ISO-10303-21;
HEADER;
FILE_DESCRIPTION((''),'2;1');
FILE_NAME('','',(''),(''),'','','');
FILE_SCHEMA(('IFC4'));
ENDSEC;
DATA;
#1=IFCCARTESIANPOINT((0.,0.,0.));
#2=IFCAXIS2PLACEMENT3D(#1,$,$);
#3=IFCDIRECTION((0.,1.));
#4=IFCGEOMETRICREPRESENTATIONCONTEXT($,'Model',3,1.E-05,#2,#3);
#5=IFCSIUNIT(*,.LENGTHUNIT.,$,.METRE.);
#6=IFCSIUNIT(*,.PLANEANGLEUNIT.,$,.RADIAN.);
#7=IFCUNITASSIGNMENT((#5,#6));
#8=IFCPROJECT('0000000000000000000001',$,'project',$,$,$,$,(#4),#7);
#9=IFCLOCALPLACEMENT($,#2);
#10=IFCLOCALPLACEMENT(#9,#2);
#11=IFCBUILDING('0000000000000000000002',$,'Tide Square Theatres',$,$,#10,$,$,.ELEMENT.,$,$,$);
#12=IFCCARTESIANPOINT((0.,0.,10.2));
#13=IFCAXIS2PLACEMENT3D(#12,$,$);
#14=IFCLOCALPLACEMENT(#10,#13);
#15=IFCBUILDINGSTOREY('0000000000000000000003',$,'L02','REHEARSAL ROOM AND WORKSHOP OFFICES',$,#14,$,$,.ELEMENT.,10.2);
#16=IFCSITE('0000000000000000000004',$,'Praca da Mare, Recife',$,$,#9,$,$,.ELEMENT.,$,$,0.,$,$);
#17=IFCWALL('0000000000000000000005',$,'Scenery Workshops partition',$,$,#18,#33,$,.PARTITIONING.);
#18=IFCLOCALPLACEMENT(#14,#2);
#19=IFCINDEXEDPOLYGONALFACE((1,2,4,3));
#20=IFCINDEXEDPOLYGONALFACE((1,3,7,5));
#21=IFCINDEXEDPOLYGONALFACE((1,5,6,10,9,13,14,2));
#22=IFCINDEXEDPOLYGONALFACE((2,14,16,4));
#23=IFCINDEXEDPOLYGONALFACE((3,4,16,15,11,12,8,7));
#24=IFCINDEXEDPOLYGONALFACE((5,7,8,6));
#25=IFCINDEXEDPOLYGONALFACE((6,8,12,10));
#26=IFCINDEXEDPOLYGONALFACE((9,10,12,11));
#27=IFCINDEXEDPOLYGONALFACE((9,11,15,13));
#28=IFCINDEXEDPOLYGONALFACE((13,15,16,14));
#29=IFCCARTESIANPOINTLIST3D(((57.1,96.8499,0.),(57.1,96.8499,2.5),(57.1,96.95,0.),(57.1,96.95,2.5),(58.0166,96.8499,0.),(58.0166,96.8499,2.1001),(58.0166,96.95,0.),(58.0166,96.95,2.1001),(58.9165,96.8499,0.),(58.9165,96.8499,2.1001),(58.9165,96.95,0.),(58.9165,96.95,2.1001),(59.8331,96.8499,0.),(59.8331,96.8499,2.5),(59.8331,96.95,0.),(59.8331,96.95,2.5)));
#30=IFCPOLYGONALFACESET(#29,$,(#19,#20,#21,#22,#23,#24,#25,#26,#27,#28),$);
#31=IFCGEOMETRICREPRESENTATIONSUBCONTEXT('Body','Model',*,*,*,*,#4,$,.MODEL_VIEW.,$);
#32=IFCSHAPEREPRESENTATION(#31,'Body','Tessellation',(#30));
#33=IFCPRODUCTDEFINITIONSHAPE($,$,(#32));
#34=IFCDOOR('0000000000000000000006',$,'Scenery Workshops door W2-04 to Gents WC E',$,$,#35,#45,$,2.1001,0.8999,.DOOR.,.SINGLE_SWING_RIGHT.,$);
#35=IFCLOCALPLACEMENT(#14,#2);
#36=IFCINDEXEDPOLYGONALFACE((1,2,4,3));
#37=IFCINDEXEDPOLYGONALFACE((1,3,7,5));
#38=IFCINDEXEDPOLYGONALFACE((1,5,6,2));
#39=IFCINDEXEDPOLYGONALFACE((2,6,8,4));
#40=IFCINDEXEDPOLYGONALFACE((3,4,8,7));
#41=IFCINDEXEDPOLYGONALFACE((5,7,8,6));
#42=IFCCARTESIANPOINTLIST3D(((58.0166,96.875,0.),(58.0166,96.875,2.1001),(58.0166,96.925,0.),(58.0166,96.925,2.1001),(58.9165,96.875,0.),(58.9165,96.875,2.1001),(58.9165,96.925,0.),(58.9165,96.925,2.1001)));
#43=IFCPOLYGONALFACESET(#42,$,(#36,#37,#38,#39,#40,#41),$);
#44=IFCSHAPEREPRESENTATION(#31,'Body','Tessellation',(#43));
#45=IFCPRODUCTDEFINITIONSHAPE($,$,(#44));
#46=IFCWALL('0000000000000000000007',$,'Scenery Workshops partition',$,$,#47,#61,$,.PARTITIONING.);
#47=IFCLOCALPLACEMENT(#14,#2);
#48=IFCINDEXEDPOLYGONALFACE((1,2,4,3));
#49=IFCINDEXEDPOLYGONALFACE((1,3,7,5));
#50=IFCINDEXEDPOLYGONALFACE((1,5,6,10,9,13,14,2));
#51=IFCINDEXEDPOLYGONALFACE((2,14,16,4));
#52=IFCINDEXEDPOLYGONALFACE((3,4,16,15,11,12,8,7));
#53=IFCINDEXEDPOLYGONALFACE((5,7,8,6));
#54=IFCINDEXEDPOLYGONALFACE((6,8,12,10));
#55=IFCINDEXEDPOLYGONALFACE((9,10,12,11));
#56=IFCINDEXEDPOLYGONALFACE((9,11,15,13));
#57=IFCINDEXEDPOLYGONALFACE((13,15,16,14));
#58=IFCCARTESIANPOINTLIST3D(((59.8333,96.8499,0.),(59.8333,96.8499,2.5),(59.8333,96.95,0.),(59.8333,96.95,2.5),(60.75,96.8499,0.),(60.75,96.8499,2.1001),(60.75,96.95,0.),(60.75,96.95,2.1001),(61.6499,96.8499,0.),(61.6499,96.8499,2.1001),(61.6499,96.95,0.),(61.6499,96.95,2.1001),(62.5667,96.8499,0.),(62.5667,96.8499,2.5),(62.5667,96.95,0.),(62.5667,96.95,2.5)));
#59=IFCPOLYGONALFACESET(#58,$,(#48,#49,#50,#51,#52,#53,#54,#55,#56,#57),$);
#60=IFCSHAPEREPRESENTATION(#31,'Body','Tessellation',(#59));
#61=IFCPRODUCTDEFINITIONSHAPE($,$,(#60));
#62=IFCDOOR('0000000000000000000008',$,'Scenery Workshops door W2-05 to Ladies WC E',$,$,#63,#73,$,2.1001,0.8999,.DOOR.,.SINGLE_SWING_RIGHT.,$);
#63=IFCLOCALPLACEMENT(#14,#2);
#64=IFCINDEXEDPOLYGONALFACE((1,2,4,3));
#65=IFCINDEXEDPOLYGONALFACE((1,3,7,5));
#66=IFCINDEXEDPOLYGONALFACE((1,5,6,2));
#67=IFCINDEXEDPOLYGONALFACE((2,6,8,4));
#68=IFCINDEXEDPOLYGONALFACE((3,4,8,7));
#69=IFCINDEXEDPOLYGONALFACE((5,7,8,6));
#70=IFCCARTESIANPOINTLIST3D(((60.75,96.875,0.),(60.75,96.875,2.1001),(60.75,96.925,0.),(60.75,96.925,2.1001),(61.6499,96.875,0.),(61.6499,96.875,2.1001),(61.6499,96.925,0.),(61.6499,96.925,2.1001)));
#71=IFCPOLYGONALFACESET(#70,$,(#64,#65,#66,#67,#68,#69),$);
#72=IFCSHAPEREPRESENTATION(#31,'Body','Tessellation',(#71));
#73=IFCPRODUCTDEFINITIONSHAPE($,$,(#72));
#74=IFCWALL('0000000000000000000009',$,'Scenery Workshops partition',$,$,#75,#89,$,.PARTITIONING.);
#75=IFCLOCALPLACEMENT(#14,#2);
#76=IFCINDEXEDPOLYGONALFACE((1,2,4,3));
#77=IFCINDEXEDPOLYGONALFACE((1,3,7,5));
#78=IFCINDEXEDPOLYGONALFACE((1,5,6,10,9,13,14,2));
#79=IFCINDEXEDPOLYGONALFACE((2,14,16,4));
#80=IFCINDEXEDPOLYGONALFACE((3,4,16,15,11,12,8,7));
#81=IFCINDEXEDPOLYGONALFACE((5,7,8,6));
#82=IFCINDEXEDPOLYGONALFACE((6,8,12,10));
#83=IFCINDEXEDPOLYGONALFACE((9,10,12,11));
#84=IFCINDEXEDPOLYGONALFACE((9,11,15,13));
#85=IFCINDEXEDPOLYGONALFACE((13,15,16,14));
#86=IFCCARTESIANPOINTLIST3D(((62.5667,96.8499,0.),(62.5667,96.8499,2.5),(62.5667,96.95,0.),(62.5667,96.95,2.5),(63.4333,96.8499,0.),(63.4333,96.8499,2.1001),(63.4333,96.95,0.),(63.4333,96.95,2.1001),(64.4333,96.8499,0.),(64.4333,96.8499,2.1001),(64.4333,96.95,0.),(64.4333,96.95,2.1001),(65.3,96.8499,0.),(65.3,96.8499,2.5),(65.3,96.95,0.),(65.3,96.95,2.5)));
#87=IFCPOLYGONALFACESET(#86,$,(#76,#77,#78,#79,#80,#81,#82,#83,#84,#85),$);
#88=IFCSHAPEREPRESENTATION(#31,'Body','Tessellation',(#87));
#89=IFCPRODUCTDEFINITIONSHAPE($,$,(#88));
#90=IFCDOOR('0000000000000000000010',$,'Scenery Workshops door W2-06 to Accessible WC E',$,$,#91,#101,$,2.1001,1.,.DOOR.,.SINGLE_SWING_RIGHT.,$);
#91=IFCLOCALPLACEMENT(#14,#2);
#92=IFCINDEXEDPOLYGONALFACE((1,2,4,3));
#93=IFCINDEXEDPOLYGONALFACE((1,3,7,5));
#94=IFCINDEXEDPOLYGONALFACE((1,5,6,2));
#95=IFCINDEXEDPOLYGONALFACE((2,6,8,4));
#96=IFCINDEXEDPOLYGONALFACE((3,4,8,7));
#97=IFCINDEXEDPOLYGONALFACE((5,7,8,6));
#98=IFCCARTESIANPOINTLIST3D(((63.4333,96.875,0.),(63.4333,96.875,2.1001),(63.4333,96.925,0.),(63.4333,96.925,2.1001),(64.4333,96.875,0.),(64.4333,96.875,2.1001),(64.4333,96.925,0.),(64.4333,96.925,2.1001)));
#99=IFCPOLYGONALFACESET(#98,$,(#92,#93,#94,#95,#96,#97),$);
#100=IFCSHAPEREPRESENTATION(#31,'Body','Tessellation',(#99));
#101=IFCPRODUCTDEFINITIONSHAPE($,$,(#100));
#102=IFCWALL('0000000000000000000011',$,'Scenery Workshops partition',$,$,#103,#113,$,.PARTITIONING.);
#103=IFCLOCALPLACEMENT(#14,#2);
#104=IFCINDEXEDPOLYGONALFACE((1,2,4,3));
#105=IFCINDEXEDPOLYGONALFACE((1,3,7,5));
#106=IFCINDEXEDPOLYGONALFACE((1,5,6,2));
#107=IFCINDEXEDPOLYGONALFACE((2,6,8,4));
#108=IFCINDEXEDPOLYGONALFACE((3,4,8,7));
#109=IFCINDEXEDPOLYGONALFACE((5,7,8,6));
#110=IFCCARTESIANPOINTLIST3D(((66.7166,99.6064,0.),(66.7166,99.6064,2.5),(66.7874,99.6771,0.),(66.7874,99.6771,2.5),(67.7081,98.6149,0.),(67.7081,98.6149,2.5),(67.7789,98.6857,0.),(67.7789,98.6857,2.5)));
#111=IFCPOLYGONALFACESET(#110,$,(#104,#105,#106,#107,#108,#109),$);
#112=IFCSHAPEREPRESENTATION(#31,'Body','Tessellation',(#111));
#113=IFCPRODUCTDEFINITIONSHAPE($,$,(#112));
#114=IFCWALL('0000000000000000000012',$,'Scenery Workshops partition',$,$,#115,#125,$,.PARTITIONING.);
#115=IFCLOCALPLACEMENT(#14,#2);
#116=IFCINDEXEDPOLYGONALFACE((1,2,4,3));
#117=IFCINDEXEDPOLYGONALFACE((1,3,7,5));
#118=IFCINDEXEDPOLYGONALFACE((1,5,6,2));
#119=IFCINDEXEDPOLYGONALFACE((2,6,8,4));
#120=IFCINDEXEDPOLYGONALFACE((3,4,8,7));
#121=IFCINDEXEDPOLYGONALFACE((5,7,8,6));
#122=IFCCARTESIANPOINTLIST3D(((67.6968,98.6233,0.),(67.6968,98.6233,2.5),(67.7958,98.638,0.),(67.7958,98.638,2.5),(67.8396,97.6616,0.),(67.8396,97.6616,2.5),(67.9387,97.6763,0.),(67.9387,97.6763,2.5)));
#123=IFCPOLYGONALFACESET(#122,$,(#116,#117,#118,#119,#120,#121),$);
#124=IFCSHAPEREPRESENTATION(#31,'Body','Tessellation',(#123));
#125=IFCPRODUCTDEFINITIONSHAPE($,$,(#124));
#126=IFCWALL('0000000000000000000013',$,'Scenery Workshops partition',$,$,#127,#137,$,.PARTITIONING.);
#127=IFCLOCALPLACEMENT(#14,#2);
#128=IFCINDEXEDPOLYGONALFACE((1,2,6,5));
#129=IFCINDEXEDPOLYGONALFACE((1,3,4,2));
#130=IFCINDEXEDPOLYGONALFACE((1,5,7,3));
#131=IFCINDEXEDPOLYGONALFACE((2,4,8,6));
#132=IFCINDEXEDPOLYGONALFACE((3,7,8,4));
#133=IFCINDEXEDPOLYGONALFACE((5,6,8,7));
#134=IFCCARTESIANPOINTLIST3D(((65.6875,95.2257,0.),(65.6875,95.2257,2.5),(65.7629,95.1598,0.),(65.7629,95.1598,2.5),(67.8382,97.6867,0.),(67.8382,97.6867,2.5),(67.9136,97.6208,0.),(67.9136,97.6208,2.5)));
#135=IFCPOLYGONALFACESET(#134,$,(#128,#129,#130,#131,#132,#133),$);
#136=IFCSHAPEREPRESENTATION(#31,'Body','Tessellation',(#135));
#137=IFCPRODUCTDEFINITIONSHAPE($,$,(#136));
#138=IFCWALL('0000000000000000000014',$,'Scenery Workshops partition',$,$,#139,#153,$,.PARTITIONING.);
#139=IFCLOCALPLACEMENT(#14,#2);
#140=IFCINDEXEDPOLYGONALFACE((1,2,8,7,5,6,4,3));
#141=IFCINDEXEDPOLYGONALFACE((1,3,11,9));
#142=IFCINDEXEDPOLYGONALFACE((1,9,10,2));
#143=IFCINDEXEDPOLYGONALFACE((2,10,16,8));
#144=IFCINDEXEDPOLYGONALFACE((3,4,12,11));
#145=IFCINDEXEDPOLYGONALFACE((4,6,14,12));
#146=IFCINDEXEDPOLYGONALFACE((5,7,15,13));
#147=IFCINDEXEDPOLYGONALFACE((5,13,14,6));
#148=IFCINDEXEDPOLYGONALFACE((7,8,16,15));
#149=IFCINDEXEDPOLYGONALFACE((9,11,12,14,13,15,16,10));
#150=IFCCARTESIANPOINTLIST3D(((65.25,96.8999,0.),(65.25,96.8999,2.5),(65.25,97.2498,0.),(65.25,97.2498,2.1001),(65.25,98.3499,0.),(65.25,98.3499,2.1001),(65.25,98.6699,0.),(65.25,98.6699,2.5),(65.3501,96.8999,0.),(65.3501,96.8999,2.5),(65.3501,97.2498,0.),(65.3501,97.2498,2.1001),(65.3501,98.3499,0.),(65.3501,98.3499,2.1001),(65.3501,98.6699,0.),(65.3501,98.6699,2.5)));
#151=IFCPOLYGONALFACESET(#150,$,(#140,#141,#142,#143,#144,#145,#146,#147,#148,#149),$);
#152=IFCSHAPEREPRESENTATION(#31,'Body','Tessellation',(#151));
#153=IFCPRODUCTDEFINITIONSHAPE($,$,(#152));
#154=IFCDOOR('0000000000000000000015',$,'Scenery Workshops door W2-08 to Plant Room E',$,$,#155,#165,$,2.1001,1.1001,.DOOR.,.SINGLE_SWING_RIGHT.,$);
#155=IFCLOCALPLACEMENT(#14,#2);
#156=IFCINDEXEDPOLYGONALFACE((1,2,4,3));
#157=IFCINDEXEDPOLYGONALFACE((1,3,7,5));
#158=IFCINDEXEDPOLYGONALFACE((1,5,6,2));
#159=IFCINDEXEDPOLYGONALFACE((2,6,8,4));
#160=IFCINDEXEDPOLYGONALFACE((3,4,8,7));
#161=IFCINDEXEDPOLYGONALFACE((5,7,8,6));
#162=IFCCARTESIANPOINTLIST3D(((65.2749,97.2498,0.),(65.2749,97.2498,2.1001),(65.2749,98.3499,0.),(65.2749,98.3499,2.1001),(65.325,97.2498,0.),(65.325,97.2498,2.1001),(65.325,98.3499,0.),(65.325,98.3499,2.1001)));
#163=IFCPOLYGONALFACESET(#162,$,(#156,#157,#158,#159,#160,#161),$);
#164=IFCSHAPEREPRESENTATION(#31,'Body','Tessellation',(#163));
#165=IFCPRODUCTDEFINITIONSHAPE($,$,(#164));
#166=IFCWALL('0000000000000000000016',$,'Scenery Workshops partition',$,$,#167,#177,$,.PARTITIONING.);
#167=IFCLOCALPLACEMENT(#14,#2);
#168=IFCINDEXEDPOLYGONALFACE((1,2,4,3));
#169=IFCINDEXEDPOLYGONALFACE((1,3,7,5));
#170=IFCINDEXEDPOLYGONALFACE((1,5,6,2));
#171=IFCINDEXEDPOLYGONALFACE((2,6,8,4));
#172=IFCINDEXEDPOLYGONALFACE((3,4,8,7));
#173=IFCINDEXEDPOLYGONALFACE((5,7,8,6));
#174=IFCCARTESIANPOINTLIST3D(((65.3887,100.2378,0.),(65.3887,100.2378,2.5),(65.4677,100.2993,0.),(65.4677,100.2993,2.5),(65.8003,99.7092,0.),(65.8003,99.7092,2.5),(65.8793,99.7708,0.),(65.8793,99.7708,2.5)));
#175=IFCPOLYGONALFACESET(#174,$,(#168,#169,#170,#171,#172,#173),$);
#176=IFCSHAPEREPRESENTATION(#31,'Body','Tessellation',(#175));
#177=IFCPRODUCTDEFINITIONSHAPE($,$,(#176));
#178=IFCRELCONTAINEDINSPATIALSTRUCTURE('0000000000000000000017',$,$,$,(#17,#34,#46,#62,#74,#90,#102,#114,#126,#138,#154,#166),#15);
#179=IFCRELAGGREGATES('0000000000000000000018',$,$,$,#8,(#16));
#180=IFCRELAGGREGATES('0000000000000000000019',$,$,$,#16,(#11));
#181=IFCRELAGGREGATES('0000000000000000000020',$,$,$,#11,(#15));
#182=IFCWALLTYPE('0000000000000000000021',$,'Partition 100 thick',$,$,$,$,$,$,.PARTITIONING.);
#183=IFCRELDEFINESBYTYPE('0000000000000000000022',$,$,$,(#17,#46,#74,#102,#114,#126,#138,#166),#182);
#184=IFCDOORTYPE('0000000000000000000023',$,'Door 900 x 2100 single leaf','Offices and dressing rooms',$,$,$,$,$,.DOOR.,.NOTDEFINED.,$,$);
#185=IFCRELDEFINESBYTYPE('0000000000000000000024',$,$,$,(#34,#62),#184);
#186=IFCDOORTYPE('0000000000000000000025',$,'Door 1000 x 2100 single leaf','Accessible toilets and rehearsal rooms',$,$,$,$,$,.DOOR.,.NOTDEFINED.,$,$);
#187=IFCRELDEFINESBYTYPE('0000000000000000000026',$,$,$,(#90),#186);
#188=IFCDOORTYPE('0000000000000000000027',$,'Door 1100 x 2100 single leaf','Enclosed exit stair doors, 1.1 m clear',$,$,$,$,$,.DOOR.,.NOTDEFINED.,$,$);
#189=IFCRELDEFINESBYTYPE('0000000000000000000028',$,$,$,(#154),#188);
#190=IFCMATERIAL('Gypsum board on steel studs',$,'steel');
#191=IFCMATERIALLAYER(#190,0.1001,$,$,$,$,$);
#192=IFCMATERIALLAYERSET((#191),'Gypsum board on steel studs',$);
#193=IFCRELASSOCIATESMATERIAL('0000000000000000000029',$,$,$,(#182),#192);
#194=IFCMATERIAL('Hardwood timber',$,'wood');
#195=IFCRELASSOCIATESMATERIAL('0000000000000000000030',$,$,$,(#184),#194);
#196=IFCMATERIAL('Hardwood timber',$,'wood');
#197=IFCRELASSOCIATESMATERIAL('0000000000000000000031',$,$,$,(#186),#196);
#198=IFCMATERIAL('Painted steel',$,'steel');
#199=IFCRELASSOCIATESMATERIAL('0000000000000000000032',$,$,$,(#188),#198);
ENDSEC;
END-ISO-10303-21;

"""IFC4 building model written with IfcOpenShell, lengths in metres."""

from ifc_helpers import new_model, si_unit, direction, frame, frame_2d, origin, place, context, subcontext, project, spatial, rectangle, extrude, material, layer, layer_set, type_object, element, fill, save


model = new_model("IFC4")

# Units and contexts
model_context = context("Model", 3, precision=1e-05, world=origin(), true_north=direction((0.0, 1.0)))
body_context = subcontext(model_context, "Body", "Model", "MODEL_VIEW")
ifc_project = project(units=[si_unit("LENGTHUNIT", "METRE"), si_unit("PLANEANGLEUNIT", "RADIAN")], contexts=[model_context])

# Site, building, storey
site_placement = place(None, origin())
site = spatial("IfcSite", under=ifc_project, at=site_placement, Name="Praca da Mare, Recife", CompositionType="ELEMENT", RefElevation=0.0)
building_placement = place(site_placement, origin())
building = spatial("IfcBuilding", under=site, at=building_placement, Name="Tide Square Theatres", CompositionType="ELEMENT")
storey_placement = place(building_placement, frame((0.0, 0.0, 10.2)))
storey = spatial("IfcBuildingStorey", under=building, at=storey_placement, Name="L02", Description="REHEARSAL ROOM AND WORKSHOP OFFICES", CompositionType="ELEMENT", Elevation=10.2)

# Shared definitions
ifc_material_1 = material(Name="Gypsum board on steel studs", Category="steel")
ifc_layer_1 = layer(ifc_material_1, 0.1001)
ifc_layer_set_1 = layer_set([ifc_layer_1], Name="Gypsum board on steel studs")
wall_type_1 = type_object("IfcWallType", Name="Partition 100 thick", PredefinedType="PARTITIONING", material=ifc_layer_set_1)

# Walls, openings, doors
wall_1_placement = place(storey_placement, frame((59.8333, 96.8999, 0.0), z_axis=(0.0, 0.0, 1.0), x_axis=(-1.0, 0.0, 0.0)))
wall_1 = element("IfcWall", 1, at=wall_1_placement, inside=storey, type_object=wall_type_1, Name="Scenery Workshops partition", PredefinedType="PARTITIONING", context=body_context, shape_type="SweptSolid", body=[
    extrude(rectangle(XDim=2.7332, YDim=0.1001, at=frame_2d((1.3667, 0.0))), origin(), (0.0, 0.0, 1.0), 2.5),
])
opening_1_placement = place(wall_1_placement, frame((0.9167, 0.0, 0.0)))
opening_1 = element("IfcOpeningElement", 2, at=opening_1_placement, cuts=wall_1, PredefinedType="OPENING", context=body_context, shape_type="SweptSolid", body=[
    extrude(rectangle(XDim=0.8999, YDim=2.1001, at=frame_2d((0.45, 1.05))), frame((0.0, 0.0601, 0.0), z_axis=(0.0, -1.0, 0.0), x_axis=(1.0, 0.0, 0.0)), (0.0, 0.0, 1.0), 0.1201),
])
ifc_material_2 = material(Name="Hardwood timber", Category="wood")
door_type_1 = type_object("IfcDoorType", Name="Door 900 x 2100 single leaf", Description="Offices and dressing rooms", OperationType="NOTDEFINED", PredefinedType="DOOR", material=ifc_material_2)
door_1_placement = place(opening_1_placement, origin())
door_1 = element("IfcDoor", 3, at=door_1_placement, inside=storey, type_object=door_type_1, Name="Scenery Workshops door W2-04 to Gents WC E", OperationType="SINGLE_SWING_RIGHT", OverallHeight=2.1001, OverallWidth=0.8999, PredefinedType="DOOR", context=body_context, shape_type="SweptSolid", body=[
    extrude(rectangle(XDim=0.8999, YDim=2.1001, at=frame_2d((0.45, 1.05))), frame((0.0, 0.0249, 0.0), z_axis=(0.0, -1.0, 0.0), x_axis=(1.0, 0.0, 0.0)), (0.0, 0.0, 1.0), 0.05),
])
fill(opening_1, door_1)
wall_2_placement = place(storey_placement, frame((62.5667, 96.8999, 0.0), z_axis=(0.0, 0.0, 1.0), x_axis=(-1.0, 0.0, 0.0)))
wall_2 = element("IfcWall", 4, at=wall_2_placement, inside=storey, type_object=wall_type_1, Name="Scenery Workshops partition", PredefinedType="PARTITIONING", context=body_context, shape_type="SweptSolid", body=[
    extrude(rectangle(XDim=2.7334, YDim=0.1001, at=frame_2d((1.3667, 0.0))), origin(), (0.0, 0.0, 1.0), 2.5),
])
opening_2_placement = place(wall_2_placement, frame((0.9167, 0.0, 0.0)))
opening_2 = element("IfcOpeningElement", 5, at=opening_2_placement, cuts=wall_2, PredefinedType="OPENING", context=body_context, shape_type="SweptSolid", body=[
    extrude(rectangle(XDim=0.8999, YDim=2.1001, at=frame_2d((0.45, 1.05))), frame((0.0, 0.0601, 0.0), z_axis=(0.0, -1.0, 0.0), x_axis=(1.0, 0.0, 0.0)), (0.0, 0.0, 1.0), 0.1201),
])
door_2_placement = place(opening_2_placement, origin())
door_2 = element("IfcDoor", 6, at=door_2_placement, inside=storey, type_object=door_type_1, Name="Scenery Workshops door W2-05 to Ladies WC E", OperationType="SINGLE_SWING_RIGHT", OverallHeight=2.1001, OverallWidth=0.8999, PredefinedType="DOOR", context=body_context, shape_type="SweptSolid", body=[
    extrude(rectangle(XDim=0.8999, YDim=2.1001, at=frame_2d((0.45, 1.05))), frame((0.0, 0.0249, 0.0), z_axis=(0.0, -1.0, 0.0), x_axis=(1.0, 0.0, 0.0)), (0.0, 0.0, 1.0), 0.05),
])
fill(opening_2, door_2)
wall_3_placement = place(storey_placement, frame((65.3, 96.8999, 0.0), z_axis=(0.0, 0.0, 1.0), x_axis=(-1.0, 0.0, 0.0)))
wall_3 = element("IfcWall", 7, at=wall_3_placement, inside=storey, type_object=wall_type_1, Name="Scenery Workshops partition", PredefinedType="PARTITIONING", context=body_context, shape_type="SweptSolid", body=[
    extrude(rectangle(XDim=2.7334, YDim=0.1001, at=frame_2d((1.3667, 0.0))), origin(), (0.0, 0.0, 1.0), 2.5),
])
opening_3_placement = place(wall_3_placement, frame((0.8667, 0.0, 0.0)))
opening_3 = element("IfcOpeningElement", 8, at=opening_3_placement, cuts=wall_3, PredefinedType="OPENING", context=body_context, shape_type="SweptSolid", body=[
    extrude(rectangle(XDim=1.0, YDim=2.1001, at=frame_2d((0.5, 1.05))), frame((0.0, 0.0601, 0.0), z_axis=(0.0, -1.0, 0.0), x_axis=(1.0, 0.0, 0.0)), (0.0, 0.0, 1.0), 0.1201),
])
ifc_material_3 = material(Name="Hardwood timber", Category="wood")
door_type_2 = type_object("IfcDoorType", Name="Door 1000 x 2100 single leaf", Description="Accessible toilets and rehearsal rooms", OperationType="NOTDEFINED", PredefinedType="DOOR", material=ifc_material_3)
door_3_placement = place(opening_3_placement, origin())
door_3 = element("IfcDoor", 9, at=door_3_placement, inside=storey, type_object=door_type_2, Name="Scenery Workshops door W2-06 to Accessible WC E", OperationType="SINGLE_SWING_RIGHT", OverallHeight=2.1001, OverallWidth=1.0, PredefinedType="DOOR", context=body_context, shape_type="SweptSolid", body=[
    extrude(rectangle(XDim=1.0, YDim=2.1001, at=frame_2d((0.5, 1.05))), frame((0.0, 0.0249, 0.0), z_axis=(0.0, -1.0, 0.0), x_axis=(1.0, 0.0, 0.0)), (0.0, 0.0, 1.0), 0.05),
])
fill(opening_3, door_3)

# Walls
wall_4_placement = place(storey_placement, frame((66.752, 99.6418, 0.0), z_axis=(0.0, 0.0, 1.0), x_axis=(0.707107, -0.707107, 0.0)))
element("IfcWall", 10, at=wall_4_placement, inside=storey, type_object=wall_type_1, Name="Scenery Workshops partition", PredefinedType="PARTITIONING", context=body_context, shape_type="SweptSolid", body=[
    extrude(rectangle(XDim=1.4021, YDim=0.1001, at=frame_2d((0.7012, 0.0))), origin(), (0.0, 0.0, 1.0), 2.5),
])
wall_5_placement = place(storey_placement, frame((67.7463, 98.6306, 0.0), z_axis=(0.0, 0.0, 1.0), x_axis=(0.146904, -0.989151, 0.0)))
element("IfcWall", 11, at=wall_5_placement, inside=storey, type_object=wall_type_1, Name="Scenery Workshops partition", PredefinedType="PARTITIONING", context=body_context, shape_type="SweptSolid", body=[
    extrude(rectangle(XDim=0.9722, YDim=0.1001, at=frame_2d((0.4861, 0.0))), origin(), (0.0, 0.0, 1.0), 2.5),
])
wall_6_placement = place(storey_placement, frame((67.876, 97.6538, 0.0), z_axis=(0.0, 0.0, 1.0), x_axis=(-0.658039, -0.752984, 0.0)))
element("IfcWall", 12, at=wall_6_placement, inside=storey, type_object=wall_type_1, Name="Scenery Workshops partition", PredefinedType="PARTITIONING", context=body_context, shape_type="SweptSolid", body=[
    extrude(rectangle(XDim=3.2683, YDim=0.1001, at=frame_2d((1.6343, 0.0))), origin(), (0.0, 0.0, 1.0), 2.5),
])

# Wall, opening, door
wall_7_placement = place(storey_placement, frame((65.3, 98.6699, 0.0), z_axis=(0.0, 0.0, 1.0), x_axis=(0.0, -1.0, 0.0)))
wall_7 = element("IfcWall", 13, at=wall_7_placement, inside=storey, type_object=wall_type_1, Name="Scenery Workshops partition", PredefinedType="PARTITIONING", context=body_context, shape_type="SweptSolid", body=[
    extrude(rectangle(XDim=1.77, YDim=0.1001, at=frame_2d((0.885, 0.0))), origin(), (0.0, 0.0, 1.0), 2.5),
])
opening_4_placement = place(wall_7_placement, frame((0.3201, 0.0, 0.0)))
opening_4 = element("IfcOpeningElement", 14, at=opening_4_placement, cuts=wall_7, PredefinedType="OPENING", context=body_context, shape_type="SweptSolid", body=[
    extrude(rectangle(XDim=1.1001, YDim=2.1001, at=frame_2d((0.55, 1.05))), frame((0.0, 0.0601, 0.0), z_axis=(0.0, -1.0, 0.0), x_axis=(1.0, 0.0, 0.0)), (0.0, 0.0, 1.0), 0.1201),
])
ifc_material_4 = material(Name="Painted steel", Category="steel")
door_type_3 = type_object("IfcDoorType", Name="Door 1100 x 2100 single leaf", Description="Enclosed exit stair doors, 1.1 m clear", OperationType="NOTDEFINED", PredefinedType="DOOR", material=ifc_material_4)
door_4_placement = place(opening_4_placement, origin())
door_4 = element("IfcDoor", 15, at=door_4_placement, inside=storey, type_object=door_type_3, Name="Scenery Workshops door W2-08 to Plant Room E", OperationType="SINGLE_SWING_RIGHT", OverallHeight=2.1001, OverallWidth=1.1001, PredefinedType="DOOR", context=body_context, shape_type="SweptSolid", body=[
    extrude(rectangle(XDim=1.1001, YDim=2.1001, at=frame_2d((0.55, 1.05))), frame((0.0, 0.0249, 0.0), z_axis=(0.0, -1.0, 0.0), x_axis=(1.0, 0.0, 0.0)), (0.0, 0.0, 1.0), 0.05),
])
fill(opening_4, door_4)

# Wall
wall_8_placement = place(storey_placement, frame((65.4282, 100.2686, 0.0), z_axis=(0.0, 0.0, 1.0), x_axis=(0.61442, -0.788979, 0.0)))
element("IfcWall", 16, at=wall_8_placement, inside=storey, type_object=wall_type_1, Name="Scenery Workshops partition", PredefinedType="PARTITIONING", context=body_context, shape_type="SweptSolid", body=[
    extrude(rectangle(XDim=0.6699, YDim=0.1001, at=frame_2d((0.335, 0.0))), origin(), (0.0, 0.0, 1.0), 2.5),
])

save(model, "model.ifc")
